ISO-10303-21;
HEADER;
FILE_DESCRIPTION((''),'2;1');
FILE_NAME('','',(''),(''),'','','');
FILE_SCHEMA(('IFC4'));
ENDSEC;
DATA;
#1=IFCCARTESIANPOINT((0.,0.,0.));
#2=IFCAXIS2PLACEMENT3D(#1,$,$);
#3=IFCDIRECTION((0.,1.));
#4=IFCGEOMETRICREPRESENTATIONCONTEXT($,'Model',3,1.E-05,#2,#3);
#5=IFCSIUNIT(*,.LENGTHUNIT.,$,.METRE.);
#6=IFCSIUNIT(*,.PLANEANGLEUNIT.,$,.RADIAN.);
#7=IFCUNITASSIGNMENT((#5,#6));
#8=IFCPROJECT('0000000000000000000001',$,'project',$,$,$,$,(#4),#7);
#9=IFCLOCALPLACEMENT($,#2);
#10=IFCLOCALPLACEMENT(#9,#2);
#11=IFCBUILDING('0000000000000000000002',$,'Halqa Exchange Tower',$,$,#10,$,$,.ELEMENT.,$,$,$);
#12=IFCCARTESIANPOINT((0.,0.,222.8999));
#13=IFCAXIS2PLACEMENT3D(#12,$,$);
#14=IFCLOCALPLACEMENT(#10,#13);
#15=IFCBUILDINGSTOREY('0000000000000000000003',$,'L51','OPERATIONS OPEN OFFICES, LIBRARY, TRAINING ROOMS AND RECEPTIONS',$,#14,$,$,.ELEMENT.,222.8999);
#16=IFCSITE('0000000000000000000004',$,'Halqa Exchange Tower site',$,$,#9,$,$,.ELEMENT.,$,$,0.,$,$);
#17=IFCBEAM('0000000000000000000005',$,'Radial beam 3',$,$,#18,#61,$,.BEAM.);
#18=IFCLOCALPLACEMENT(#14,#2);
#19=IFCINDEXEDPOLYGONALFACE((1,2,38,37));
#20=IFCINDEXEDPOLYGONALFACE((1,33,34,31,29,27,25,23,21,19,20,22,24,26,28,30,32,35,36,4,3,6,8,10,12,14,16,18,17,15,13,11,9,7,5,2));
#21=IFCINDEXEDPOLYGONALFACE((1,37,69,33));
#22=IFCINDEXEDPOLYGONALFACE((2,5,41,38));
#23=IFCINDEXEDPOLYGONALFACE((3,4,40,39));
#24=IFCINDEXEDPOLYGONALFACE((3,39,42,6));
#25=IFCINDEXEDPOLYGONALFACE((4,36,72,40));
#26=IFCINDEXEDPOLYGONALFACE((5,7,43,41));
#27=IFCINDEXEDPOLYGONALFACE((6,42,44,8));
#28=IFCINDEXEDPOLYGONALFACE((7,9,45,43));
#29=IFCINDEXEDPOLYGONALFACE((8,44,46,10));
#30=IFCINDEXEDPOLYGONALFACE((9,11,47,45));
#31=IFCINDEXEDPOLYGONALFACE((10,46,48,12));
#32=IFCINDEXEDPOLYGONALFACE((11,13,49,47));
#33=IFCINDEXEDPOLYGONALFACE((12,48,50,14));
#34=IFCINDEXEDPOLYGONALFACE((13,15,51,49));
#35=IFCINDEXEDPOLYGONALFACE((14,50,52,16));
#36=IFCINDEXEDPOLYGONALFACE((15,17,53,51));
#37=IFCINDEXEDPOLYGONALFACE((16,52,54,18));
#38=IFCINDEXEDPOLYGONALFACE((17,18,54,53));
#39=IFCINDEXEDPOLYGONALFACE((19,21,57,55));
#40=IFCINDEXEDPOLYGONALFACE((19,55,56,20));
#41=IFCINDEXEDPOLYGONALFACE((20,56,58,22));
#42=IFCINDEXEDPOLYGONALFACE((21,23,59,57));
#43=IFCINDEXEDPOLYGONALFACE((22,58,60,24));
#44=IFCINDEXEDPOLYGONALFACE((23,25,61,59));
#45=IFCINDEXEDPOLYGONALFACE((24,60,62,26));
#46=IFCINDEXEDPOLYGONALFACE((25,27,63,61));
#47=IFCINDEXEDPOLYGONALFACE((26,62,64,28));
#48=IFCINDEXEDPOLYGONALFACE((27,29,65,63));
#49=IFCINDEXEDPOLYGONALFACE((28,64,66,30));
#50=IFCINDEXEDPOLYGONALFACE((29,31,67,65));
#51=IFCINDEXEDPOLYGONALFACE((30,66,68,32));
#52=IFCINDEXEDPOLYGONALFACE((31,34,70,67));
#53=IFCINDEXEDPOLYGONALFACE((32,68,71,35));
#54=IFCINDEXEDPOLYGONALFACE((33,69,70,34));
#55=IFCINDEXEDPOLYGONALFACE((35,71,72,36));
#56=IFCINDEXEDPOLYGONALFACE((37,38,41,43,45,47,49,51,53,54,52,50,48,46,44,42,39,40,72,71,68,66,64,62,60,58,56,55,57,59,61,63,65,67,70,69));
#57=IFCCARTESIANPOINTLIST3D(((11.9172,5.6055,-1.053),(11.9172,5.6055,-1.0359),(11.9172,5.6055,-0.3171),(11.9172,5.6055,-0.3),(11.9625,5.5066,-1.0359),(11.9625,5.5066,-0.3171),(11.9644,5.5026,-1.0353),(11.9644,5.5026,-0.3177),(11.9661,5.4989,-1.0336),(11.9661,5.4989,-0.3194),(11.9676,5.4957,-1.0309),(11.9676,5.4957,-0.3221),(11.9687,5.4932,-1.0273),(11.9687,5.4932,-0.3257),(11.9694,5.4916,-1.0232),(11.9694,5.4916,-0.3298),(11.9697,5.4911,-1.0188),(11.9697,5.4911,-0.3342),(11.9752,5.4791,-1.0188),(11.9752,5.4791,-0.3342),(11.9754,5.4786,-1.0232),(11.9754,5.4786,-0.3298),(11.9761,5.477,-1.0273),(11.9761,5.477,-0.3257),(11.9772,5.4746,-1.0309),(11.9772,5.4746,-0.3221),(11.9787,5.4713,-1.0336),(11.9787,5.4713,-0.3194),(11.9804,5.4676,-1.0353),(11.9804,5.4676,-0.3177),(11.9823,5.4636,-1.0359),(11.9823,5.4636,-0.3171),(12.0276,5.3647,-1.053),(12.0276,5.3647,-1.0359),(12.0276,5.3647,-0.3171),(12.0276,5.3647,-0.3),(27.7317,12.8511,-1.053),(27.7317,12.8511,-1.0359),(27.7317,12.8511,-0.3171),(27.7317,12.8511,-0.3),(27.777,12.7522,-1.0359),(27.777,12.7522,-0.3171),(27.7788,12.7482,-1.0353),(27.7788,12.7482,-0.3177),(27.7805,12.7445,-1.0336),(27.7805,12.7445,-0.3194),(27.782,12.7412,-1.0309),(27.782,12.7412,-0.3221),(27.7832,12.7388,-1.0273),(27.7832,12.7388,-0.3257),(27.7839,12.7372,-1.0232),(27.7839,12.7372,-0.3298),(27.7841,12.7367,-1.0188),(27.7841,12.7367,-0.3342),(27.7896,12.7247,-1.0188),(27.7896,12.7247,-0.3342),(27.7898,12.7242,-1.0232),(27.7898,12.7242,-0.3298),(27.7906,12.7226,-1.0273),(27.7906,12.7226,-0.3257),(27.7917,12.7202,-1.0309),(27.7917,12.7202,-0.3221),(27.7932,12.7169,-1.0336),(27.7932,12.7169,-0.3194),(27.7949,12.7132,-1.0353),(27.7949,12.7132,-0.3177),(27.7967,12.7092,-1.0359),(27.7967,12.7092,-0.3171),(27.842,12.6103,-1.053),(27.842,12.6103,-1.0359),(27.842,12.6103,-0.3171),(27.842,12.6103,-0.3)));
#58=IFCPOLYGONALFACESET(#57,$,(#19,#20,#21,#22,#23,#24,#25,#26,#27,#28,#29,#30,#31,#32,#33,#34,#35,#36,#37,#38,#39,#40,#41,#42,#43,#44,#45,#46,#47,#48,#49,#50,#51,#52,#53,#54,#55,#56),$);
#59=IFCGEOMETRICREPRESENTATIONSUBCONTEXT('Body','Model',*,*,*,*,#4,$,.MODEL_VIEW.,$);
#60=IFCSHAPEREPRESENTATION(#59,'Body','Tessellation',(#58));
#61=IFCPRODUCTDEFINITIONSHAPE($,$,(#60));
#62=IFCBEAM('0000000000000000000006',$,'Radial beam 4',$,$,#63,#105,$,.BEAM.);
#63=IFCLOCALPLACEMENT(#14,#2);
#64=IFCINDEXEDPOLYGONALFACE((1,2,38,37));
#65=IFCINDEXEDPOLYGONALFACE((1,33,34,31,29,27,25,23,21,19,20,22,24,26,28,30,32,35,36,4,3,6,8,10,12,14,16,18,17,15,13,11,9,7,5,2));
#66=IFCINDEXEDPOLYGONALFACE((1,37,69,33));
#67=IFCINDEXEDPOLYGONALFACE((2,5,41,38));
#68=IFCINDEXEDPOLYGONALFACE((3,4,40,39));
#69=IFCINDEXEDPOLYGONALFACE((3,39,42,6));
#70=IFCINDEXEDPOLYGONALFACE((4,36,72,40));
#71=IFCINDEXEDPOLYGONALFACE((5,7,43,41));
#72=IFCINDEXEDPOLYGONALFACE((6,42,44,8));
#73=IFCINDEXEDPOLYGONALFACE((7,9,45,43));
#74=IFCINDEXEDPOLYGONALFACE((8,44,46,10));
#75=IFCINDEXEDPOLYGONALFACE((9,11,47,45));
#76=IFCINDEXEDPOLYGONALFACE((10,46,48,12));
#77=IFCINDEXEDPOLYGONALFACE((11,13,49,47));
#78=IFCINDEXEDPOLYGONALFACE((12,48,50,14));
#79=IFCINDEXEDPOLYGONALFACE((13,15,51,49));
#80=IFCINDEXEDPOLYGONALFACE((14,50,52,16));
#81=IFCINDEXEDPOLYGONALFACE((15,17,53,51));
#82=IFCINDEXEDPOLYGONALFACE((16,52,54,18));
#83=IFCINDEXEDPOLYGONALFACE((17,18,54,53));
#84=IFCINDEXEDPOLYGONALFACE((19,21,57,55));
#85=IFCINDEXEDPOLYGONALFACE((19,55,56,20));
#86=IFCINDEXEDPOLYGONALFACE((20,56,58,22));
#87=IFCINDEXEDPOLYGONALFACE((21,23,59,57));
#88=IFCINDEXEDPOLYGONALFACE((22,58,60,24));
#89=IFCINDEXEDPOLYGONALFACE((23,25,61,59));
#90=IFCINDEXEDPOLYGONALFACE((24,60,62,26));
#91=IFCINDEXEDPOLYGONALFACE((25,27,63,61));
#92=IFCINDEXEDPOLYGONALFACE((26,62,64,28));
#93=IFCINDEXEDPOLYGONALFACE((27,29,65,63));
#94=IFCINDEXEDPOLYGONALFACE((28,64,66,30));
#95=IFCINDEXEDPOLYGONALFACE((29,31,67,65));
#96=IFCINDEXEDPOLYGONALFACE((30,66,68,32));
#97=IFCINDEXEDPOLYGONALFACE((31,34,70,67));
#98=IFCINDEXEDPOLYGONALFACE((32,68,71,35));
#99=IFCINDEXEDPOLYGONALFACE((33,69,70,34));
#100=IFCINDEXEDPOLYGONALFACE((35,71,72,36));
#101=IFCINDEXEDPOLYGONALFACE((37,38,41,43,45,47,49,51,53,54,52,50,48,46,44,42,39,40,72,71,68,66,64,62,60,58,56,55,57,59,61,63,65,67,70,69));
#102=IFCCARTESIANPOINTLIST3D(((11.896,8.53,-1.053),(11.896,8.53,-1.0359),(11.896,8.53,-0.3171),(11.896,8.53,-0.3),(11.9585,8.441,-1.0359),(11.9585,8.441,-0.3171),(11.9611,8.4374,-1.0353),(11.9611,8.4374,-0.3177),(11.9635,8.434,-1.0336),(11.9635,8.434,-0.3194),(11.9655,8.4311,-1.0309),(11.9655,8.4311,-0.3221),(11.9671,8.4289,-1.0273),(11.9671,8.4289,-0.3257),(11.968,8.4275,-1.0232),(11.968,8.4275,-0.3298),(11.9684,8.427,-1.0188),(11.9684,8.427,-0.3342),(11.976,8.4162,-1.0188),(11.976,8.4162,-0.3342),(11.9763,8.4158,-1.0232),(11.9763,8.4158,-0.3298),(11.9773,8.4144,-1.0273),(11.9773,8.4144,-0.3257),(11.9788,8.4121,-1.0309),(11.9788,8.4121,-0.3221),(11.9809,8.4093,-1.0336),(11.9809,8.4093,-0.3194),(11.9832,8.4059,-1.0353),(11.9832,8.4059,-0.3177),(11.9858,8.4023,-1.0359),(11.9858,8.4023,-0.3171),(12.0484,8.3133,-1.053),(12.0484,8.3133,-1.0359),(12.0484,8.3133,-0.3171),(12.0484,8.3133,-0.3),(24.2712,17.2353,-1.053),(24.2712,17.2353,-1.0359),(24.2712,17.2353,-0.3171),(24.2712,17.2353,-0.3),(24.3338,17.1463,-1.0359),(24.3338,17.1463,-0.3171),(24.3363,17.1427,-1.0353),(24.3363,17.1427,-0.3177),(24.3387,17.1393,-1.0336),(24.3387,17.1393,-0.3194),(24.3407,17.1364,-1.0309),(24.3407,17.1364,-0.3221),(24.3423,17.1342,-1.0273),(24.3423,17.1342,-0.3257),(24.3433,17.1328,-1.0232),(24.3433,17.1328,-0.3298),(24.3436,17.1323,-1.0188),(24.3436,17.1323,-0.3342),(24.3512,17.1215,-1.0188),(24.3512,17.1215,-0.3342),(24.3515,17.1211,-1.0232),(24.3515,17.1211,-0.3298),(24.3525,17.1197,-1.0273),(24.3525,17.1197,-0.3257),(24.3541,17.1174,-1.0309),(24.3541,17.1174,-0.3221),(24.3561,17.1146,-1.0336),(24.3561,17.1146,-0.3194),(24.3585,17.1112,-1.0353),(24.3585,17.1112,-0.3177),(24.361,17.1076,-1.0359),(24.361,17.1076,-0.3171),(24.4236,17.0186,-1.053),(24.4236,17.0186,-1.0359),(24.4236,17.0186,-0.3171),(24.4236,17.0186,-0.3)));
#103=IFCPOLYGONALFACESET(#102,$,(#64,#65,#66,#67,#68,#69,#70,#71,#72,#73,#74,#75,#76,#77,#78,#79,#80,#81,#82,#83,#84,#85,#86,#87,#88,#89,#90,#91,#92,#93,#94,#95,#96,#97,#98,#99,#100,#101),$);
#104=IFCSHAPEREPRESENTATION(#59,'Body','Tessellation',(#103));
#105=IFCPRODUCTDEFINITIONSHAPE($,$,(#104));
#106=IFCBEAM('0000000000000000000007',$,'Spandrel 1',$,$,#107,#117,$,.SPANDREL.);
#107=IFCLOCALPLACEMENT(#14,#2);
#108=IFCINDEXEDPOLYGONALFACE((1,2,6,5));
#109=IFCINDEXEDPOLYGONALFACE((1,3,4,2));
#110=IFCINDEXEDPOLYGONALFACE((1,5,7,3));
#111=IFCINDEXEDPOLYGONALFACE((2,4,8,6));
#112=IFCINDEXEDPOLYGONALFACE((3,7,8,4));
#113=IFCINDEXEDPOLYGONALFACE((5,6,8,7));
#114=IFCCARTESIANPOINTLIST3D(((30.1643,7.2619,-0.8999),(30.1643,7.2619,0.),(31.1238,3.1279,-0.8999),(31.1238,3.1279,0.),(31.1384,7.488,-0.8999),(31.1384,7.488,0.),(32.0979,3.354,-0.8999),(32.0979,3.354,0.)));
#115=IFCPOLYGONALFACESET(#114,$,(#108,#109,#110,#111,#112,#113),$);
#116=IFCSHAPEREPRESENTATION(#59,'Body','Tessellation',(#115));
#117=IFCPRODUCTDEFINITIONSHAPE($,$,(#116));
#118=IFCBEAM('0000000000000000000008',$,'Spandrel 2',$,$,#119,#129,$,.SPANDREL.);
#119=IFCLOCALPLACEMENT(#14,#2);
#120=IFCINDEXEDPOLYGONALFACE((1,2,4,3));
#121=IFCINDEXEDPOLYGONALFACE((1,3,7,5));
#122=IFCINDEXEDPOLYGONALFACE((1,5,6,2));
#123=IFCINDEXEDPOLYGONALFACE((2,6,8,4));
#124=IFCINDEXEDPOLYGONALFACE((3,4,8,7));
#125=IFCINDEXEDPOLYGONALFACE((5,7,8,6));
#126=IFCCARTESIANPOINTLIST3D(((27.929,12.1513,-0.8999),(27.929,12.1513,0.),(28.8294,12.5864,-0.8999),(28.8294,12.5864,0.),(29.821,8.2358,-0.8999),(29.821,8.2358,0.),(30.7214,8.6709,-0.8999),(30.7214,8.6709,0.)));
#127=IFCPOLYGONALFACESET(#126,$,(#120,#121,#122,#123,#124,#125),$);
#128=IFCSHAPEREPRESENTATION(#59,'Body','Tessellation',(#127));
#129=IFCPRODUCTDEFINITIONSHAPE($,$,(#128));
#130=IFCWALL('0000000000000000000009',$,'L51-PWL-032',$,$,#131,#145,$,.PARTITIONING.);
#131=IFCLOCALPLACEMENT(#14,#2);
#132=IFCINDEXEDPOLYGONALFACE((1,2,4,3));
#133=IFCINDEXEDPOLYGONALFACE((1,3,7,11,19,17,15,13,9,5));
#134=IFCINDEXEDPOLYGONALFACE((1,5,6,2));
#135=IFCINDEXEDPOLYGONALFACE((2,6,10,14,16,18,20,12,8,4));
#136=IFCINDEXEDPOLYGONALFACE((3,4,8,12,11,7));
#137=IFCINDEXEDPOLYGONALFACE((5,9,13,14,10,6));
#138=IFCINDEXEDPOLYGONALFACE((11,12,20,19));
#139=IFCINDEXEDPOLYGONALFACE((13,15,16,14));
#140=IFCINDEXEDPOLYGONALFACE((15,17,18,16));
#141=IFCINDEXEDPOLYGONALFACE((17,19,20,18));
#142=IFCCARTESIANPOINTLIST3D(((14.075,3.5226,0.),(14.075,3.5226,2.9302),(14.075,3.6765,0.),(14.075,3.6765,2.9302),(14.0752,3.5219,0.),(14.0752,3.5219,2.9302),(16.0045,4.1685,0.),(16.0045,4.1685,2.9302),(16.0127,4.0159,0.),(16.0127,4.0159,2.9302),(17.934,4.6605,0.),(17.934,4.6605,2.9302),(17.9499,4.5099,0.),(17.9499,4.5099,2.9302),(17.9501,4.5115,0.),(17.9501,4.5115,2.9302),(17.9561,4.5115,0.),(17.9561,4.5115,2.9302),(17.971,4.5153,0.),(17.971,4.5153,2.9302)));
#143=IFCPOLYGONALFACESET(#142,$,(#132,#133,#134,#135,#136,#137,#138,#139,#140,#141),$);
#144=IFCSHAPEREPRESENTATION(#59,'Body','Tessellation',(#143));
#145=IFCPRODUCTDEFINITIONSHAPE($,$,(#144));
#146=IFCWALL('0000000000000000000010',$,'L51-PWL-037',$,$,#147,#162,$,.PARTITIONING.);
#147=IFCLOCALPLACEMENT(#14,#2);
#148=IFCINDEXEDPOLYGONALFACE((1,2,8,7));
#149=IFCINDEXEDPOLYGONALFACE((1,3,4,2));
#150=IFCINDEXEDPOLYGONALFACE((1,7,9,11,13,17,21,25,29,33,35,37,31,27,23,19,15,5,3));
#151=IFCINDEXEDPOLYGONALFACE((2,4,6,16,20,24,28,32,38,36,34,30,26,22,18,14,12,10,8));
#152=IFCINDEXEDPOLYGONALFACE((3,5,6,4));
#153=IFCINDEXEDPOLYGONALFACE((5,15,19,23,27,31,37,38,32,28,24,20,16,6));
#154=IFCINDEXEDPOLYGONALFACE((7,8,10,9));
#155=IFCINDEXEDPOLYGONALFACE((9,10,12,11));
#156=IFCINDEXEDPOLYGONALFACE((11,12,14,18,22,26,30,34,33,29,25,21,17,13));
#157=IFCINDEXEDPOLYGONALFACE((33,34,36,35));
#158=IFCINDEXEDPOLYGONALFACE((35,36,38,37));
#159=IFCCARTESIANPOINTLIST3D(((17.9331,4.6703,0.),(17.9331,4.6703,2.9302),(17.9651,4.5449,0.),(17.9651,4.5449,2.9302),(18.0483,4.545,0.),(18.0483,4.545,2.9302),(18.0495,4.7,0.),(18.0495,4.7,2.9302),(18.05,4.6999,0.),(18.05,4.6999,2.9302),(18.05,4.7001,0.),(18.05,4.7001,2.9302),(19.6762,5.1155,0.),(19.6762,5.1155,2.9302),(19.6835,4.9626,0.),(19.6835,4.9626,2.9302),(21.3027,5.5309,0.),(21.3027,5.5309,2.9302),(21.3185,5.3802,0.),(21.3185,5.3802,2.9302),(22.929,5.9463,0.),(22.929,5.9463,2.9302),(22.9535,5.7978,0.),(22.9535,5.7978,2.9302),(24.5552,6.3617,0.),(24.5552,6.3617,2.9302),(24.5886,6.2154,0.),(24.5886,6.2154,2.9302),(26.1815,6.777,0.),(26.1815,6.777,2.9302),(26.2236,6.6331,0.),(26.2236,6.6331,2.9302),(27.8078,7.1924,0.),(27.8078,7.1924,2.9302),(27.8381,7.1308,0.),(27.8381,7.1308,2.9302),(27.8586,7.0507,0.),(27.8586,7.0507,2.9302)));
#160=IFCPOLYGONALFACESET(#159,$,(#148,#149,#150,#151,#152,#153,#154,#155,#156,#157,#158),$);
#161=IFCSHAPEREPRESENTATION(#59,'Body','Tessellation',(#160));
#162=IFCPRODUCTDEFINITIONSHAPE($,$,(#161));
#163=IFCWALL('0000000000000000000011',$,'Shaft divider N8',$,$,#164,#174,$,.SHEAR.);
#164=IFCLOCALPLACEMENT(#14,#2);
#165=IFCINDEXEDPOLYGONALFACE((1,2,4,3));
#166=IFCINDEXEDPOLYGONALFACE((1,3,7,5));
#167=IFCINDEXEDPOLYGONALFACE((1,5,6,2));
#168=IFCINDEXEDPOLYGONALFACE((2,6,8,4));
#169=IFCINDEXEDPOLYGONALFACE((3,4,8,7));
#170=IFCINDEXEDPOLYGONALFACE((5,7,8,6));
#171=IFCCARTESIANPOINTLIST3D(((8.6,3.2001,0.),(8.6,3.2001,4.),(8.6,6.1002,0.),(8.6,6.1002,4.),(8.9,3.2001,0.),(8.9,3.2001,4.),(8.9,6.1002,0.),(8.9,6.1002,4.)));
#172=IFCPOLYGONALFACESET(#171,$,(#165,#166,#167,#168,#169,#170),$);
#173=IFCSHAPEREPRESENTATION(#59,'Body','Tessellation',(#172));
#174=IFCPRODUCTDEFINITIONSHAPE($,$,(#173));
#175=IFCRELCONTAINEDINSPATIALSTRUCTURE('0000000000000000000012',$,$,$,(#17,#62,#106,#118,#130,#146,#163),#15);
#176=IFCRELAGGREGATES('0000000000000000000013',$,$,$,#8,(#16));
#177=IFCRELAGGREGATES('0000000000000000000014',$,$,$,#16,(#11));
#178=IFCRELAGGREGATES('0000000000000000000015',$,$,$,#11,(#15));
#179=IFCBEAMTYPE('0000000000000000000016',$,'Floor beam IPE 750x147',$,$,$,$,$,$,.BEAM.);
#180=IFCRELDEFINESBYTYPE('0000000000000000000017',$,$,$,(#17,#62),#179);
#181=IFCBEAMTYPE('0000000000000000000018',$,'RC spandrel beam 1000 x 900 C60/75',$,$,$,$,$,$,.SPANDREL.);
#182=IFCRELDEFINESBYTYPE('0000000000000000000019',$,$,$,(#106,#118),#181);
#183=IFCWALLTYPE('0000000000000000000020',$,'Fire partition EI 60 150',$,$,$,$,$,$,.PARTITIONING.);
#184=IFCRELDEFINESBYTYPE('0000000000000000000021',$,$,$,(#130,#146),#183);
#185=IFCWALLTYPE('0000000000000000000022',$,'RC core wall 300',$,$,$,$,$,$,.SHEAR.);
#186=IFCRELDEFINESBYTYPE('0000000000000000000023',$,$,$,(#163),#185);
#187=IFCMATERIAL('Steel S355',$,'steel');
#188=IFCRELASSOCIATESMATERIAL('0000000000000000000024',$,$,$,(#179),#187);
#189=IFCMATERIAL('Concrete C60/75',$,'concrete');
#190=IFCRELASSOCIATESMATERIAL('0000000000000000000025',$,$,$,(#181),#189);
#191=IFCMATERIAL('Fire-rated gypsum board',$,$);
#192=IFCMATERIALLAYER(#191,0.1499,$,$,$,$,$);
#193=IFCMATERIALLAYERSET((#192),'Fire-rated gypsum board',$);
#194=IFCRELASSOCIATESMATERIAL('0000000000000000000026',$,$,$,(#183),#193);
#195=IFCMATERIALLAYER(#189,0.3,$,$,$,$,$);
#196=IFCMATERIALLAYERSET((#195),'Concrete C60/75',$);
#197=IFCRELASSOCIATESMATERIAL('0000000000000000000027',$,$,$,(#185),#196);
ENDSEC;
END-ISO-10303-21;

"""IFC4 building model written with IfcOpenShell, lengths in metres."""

from ifc_helpers import new_model, si_unit, direction, frame, frame_2d, origin, origin_2d, place, context, subcontext, project, spatial, polyline, rectangle, i_section, outline, extrude, material, layer, layer_set, material_profile, profile_set, type_object, element, save


model = new_model("IFC4")

# Units and contexts
model_context = context("Model", 3, precision=1e-05, world=origin(), true_north=direction((0.0, 1.0)))
body_context = subcontext(model_context, "Body", "Model", "MODEL_VIEW")
ifc_project = project(units=[si_unit("LENGTHUNIT", "METRE"), si_unit("PLANEANGLEUNIT", "RADIAN")], contexts=[model_context])

# Site, building, storey
site_placement = place(None, origin())
site = spatial("IfcSite", under=ifc_project, at=site_placement, Name="Halqa Exchange Tower site", CompositionType="ELEMENT", RefElevation=0.0)
building_placement = place(site_placement, origin())
building = spatial("IfcBuilding", under=site, at=building_placement, Name="Halqa Exchange Tower", CompositionType="ELEMENT")
storey_placement = place(building_placement, frame((0.0, 0.0, 222.8999)))
storey = spatial("IfcBuildingStorey", under=building, at=storey_placement, Name="L51", Description="OPERATIONS OPEN OFFICES, LIBRARY, TRAINING ROOMS AND RECEPTIONS", CompositionType="ELEMENT", Elevation=222.8999)

# Shared definitions
ifc_material_1 = material(Name="Concrete C60/75", Category="concrete")

# Beams
ifc_material_2 = material(Name="Steel S355", Category="steel")
ifc_material_profile_1 = material_profile(ifc_material_2, i_section(OverallWidth=0.2649, OverallDepth=0.7529, WebThickness=0.0132, FlangeThickness=0.0171, FilletRadius=0.0171, at=origin_2d()), Name="IPE 750x147")
ifc_profile_set_1 = profile_set([ifc_material_profile_1], Name="Steel S355")
beam_type_1 = type_object("IfcBeamType", Name="Floor beam IPE 750x147", PredefinedType="BEAM", material=ifc_profile_set_1)
beam_1_placement = place(storey_placement, frame((11.9724, 5.4851, -0.6765), z_axis=(0.909123, 0.416527, 0.0), x_axis=(-0.416527, 0.909123, 0.0)))
element("IfcBeam", 1, at=beam_1_placement, inside=storey, type_object=beam_type_1, Name="Radial beam 3", PredefinedType="BEAM", context=body_context, shape_type="SweptSolid", body=[
    extrude(i_section(OverallWidth=0.2649, OverallDepth=0.7529, WebThickness=0.0132, FlangeThickness=0.0171, FilletRadius=0.0171, at=origin_2d()), origin(), (0.0, 0.0, 1.0), 17.3953),
])
beam_2_placement = place(storey_placement, frame((11.9722, 8.4216, -0.6765), z_axis=(0.817905, 0.575353, 0.0), x_axis=(-0.575353, 0.817905, 0.0)))
element("IfcBeam", 2, at=beam_2_placement, inside=storey, type_object=beam_type_1, Name="Radial beam 4", PredefinedType="BEAM", context=body_context, shape_type="SweptSolid", body=[
    extrude(i_section(OverallWidth=0.2649, OverallDepth=0.7529, WebThickness=0.0132, FlangeThickness=0.0171, FilletRadius=0.0171, at=origin_2d()), origin(), (0.0, 0.0, 1.0), 15.1304),
])
ifc_material_profile_2 = material_profile(ifc_material_1, rectangle(XDim=1.0, YDim=0.8999, at=origin_2d()), Name="1000 x 900")
ifc_profile_set_2 = profile_set([ifc_material_profile_2], Name="Concrete C60/75")
beam_type_2 = type_object("IfcBeamType", Name="RC spandrel beam 1000 x 900 C60/75", PredefinedType="SPANDREL", material=ifc_profile_set_2)
beam_3_placement = place(storey_placement, frame((31.6108, 3.241, -0.45), z_axis=(-0.226082, 0.974108, 0.0), x_axis=(-0.974108, -0.226082, 0.0)))
element("IfcBeam", 3, at=beam_3_placement, inside=storey, type_object=beam_type_2, Name="Spandrel 1", PredefinedType="SPANDREL", context=body_context, shape_type="SweptSolid", body=[
    extrude(rectangle(XDim=1.0, YDim=0.8999, at=origin_2d()), origin(), (0.0, 0.0, 1.0), 4.2439),
])
beam_4_placement = place(storey_placement, frame((30.2712, 8.4534, -0.45), z_axis=(-0.435091, 0.900386, 0.0), x_axis=(-0.900386, -0.435091, 0.0)))
element("IfcBeam", 4, at=beam_4_placement, inside=storey, type_object=beam_type_2, Name="Spandrel 2", PredefinedType="SPANDREL", context=body_context, shape_type="SweptSolid", body=[
    extrude(rectangle(XDim=1.0, YDim=0.8999, at=origin_2d()), origin(), (0.0, 0.0, 1.0), 4.3486),
])

# Walls
ifc_material_3 = material(Name="Fire-rated gypsum board")
ifc_layer_1 = layer(ifc_material_3, 0.1499)
ifc_layer_set_1 = layer_set([ifc_layer_1], Name="Fire-rated gypsum board")
wall_type_1 = type_object("IfcWallType", Name="Fire partition EI 60 150", PredefinedType="PARTITIONING", material=ifc_layer_set_1)
wall_1_placement = place(storey_placement, frame((14.0566, 3.5945, 0.0), z_axis=(0.0, 0.0, 1.0), x_axis=(0.968992, 0.247091, 0.0)))
element("IfcWall", 5, at=wall_1_placement, inside=storey, type_object=wall_type_1, Name="L51-PWL-032", PredefinedType="PARTITIONING", context=body_context, shape_type="SweptSolid", body=[
    extrude(outline(polyline([(0.0, -0.075), (1.9995, -0.075), (3.9988, -0.075), (3.9993, -0.0735), (4.0051, -0.075), (4.0205, -0.075), (4.0205, 0.075), (2.0293, 0.075), (0.0381, 0.075), (0.0, -0.0742), (0.0, -0.075)])), origin(), (0.0, 0.0, 1.0), 2.9302),
])
wall_2_placement = place(storey_placement, frame((17.9517, 4.5977, 0.0), z_axis=(0.0, 0.0, 1.0), x_axis=(0.968896, 0.247469, 0.0)))
element("IfcWall", 6, at=wall_2_placement, inside=storey, type_object=wall_type_1, Name="L51-PWL-037", PredefinedType="PARTITIONING", context=body_context, shape_type="SweptSolid", body=[
    extrude(outline(polyline([(10.2058, -0.075), (10.2058, 0.0078), (10.1917, 0.075), (8.5132, 0.075), (6.8347, 0.075), (5.1562, 0.075), (3.4778, 0.075), (1.7991, 0.075), (0.1206, 0.075), (0.1206, 0.0747), (0.1201, 0.075), (0.0, 0.075), (0.0, -0.0544), (0.0806, -0.075), (1.7683, -0.075), (3.4558, -0.075), (5.1433, -0.075), (6.8308, -0.075), (8.5183, -0.075), (10.2058, -0.075)])), origin(), (0.0, 0.0, 1.0), 2.9302),
])
ifc_layer_2 = layer(ifc_material_1, 0.3)
ifc_layer_set_2 = layer_set([ifc_layer_2], Name="Concrete C60/75")
wall_type_2 = type_object("IfcWallType", Name="RC core wall 300", PredefinedType="SHEAR", material=ifc_layer_set_2)
wall_3_placement = place(storey_placement, frame((8.75, 3.2, 0.0), z_axis=(0.0, 0.0, 1.0), x_axis=(0.0, 1.0, 0.0)))
element("IfcWall", 7, at=wall_3_placement, inside=storey, type_object=wall_type_2, Name="Shaft divider N8", PredefinedType="SHEAR", context=body_context, shape_type="SweptSolid", body=[
    extrude(rectangle(XDim=2.9001, YDim=0.3, at=frame_2d((1.4502, 0.0))), origin(), (0.0, 0.0, 1.0), 4.0),
])

save(model, "model.ifc")
